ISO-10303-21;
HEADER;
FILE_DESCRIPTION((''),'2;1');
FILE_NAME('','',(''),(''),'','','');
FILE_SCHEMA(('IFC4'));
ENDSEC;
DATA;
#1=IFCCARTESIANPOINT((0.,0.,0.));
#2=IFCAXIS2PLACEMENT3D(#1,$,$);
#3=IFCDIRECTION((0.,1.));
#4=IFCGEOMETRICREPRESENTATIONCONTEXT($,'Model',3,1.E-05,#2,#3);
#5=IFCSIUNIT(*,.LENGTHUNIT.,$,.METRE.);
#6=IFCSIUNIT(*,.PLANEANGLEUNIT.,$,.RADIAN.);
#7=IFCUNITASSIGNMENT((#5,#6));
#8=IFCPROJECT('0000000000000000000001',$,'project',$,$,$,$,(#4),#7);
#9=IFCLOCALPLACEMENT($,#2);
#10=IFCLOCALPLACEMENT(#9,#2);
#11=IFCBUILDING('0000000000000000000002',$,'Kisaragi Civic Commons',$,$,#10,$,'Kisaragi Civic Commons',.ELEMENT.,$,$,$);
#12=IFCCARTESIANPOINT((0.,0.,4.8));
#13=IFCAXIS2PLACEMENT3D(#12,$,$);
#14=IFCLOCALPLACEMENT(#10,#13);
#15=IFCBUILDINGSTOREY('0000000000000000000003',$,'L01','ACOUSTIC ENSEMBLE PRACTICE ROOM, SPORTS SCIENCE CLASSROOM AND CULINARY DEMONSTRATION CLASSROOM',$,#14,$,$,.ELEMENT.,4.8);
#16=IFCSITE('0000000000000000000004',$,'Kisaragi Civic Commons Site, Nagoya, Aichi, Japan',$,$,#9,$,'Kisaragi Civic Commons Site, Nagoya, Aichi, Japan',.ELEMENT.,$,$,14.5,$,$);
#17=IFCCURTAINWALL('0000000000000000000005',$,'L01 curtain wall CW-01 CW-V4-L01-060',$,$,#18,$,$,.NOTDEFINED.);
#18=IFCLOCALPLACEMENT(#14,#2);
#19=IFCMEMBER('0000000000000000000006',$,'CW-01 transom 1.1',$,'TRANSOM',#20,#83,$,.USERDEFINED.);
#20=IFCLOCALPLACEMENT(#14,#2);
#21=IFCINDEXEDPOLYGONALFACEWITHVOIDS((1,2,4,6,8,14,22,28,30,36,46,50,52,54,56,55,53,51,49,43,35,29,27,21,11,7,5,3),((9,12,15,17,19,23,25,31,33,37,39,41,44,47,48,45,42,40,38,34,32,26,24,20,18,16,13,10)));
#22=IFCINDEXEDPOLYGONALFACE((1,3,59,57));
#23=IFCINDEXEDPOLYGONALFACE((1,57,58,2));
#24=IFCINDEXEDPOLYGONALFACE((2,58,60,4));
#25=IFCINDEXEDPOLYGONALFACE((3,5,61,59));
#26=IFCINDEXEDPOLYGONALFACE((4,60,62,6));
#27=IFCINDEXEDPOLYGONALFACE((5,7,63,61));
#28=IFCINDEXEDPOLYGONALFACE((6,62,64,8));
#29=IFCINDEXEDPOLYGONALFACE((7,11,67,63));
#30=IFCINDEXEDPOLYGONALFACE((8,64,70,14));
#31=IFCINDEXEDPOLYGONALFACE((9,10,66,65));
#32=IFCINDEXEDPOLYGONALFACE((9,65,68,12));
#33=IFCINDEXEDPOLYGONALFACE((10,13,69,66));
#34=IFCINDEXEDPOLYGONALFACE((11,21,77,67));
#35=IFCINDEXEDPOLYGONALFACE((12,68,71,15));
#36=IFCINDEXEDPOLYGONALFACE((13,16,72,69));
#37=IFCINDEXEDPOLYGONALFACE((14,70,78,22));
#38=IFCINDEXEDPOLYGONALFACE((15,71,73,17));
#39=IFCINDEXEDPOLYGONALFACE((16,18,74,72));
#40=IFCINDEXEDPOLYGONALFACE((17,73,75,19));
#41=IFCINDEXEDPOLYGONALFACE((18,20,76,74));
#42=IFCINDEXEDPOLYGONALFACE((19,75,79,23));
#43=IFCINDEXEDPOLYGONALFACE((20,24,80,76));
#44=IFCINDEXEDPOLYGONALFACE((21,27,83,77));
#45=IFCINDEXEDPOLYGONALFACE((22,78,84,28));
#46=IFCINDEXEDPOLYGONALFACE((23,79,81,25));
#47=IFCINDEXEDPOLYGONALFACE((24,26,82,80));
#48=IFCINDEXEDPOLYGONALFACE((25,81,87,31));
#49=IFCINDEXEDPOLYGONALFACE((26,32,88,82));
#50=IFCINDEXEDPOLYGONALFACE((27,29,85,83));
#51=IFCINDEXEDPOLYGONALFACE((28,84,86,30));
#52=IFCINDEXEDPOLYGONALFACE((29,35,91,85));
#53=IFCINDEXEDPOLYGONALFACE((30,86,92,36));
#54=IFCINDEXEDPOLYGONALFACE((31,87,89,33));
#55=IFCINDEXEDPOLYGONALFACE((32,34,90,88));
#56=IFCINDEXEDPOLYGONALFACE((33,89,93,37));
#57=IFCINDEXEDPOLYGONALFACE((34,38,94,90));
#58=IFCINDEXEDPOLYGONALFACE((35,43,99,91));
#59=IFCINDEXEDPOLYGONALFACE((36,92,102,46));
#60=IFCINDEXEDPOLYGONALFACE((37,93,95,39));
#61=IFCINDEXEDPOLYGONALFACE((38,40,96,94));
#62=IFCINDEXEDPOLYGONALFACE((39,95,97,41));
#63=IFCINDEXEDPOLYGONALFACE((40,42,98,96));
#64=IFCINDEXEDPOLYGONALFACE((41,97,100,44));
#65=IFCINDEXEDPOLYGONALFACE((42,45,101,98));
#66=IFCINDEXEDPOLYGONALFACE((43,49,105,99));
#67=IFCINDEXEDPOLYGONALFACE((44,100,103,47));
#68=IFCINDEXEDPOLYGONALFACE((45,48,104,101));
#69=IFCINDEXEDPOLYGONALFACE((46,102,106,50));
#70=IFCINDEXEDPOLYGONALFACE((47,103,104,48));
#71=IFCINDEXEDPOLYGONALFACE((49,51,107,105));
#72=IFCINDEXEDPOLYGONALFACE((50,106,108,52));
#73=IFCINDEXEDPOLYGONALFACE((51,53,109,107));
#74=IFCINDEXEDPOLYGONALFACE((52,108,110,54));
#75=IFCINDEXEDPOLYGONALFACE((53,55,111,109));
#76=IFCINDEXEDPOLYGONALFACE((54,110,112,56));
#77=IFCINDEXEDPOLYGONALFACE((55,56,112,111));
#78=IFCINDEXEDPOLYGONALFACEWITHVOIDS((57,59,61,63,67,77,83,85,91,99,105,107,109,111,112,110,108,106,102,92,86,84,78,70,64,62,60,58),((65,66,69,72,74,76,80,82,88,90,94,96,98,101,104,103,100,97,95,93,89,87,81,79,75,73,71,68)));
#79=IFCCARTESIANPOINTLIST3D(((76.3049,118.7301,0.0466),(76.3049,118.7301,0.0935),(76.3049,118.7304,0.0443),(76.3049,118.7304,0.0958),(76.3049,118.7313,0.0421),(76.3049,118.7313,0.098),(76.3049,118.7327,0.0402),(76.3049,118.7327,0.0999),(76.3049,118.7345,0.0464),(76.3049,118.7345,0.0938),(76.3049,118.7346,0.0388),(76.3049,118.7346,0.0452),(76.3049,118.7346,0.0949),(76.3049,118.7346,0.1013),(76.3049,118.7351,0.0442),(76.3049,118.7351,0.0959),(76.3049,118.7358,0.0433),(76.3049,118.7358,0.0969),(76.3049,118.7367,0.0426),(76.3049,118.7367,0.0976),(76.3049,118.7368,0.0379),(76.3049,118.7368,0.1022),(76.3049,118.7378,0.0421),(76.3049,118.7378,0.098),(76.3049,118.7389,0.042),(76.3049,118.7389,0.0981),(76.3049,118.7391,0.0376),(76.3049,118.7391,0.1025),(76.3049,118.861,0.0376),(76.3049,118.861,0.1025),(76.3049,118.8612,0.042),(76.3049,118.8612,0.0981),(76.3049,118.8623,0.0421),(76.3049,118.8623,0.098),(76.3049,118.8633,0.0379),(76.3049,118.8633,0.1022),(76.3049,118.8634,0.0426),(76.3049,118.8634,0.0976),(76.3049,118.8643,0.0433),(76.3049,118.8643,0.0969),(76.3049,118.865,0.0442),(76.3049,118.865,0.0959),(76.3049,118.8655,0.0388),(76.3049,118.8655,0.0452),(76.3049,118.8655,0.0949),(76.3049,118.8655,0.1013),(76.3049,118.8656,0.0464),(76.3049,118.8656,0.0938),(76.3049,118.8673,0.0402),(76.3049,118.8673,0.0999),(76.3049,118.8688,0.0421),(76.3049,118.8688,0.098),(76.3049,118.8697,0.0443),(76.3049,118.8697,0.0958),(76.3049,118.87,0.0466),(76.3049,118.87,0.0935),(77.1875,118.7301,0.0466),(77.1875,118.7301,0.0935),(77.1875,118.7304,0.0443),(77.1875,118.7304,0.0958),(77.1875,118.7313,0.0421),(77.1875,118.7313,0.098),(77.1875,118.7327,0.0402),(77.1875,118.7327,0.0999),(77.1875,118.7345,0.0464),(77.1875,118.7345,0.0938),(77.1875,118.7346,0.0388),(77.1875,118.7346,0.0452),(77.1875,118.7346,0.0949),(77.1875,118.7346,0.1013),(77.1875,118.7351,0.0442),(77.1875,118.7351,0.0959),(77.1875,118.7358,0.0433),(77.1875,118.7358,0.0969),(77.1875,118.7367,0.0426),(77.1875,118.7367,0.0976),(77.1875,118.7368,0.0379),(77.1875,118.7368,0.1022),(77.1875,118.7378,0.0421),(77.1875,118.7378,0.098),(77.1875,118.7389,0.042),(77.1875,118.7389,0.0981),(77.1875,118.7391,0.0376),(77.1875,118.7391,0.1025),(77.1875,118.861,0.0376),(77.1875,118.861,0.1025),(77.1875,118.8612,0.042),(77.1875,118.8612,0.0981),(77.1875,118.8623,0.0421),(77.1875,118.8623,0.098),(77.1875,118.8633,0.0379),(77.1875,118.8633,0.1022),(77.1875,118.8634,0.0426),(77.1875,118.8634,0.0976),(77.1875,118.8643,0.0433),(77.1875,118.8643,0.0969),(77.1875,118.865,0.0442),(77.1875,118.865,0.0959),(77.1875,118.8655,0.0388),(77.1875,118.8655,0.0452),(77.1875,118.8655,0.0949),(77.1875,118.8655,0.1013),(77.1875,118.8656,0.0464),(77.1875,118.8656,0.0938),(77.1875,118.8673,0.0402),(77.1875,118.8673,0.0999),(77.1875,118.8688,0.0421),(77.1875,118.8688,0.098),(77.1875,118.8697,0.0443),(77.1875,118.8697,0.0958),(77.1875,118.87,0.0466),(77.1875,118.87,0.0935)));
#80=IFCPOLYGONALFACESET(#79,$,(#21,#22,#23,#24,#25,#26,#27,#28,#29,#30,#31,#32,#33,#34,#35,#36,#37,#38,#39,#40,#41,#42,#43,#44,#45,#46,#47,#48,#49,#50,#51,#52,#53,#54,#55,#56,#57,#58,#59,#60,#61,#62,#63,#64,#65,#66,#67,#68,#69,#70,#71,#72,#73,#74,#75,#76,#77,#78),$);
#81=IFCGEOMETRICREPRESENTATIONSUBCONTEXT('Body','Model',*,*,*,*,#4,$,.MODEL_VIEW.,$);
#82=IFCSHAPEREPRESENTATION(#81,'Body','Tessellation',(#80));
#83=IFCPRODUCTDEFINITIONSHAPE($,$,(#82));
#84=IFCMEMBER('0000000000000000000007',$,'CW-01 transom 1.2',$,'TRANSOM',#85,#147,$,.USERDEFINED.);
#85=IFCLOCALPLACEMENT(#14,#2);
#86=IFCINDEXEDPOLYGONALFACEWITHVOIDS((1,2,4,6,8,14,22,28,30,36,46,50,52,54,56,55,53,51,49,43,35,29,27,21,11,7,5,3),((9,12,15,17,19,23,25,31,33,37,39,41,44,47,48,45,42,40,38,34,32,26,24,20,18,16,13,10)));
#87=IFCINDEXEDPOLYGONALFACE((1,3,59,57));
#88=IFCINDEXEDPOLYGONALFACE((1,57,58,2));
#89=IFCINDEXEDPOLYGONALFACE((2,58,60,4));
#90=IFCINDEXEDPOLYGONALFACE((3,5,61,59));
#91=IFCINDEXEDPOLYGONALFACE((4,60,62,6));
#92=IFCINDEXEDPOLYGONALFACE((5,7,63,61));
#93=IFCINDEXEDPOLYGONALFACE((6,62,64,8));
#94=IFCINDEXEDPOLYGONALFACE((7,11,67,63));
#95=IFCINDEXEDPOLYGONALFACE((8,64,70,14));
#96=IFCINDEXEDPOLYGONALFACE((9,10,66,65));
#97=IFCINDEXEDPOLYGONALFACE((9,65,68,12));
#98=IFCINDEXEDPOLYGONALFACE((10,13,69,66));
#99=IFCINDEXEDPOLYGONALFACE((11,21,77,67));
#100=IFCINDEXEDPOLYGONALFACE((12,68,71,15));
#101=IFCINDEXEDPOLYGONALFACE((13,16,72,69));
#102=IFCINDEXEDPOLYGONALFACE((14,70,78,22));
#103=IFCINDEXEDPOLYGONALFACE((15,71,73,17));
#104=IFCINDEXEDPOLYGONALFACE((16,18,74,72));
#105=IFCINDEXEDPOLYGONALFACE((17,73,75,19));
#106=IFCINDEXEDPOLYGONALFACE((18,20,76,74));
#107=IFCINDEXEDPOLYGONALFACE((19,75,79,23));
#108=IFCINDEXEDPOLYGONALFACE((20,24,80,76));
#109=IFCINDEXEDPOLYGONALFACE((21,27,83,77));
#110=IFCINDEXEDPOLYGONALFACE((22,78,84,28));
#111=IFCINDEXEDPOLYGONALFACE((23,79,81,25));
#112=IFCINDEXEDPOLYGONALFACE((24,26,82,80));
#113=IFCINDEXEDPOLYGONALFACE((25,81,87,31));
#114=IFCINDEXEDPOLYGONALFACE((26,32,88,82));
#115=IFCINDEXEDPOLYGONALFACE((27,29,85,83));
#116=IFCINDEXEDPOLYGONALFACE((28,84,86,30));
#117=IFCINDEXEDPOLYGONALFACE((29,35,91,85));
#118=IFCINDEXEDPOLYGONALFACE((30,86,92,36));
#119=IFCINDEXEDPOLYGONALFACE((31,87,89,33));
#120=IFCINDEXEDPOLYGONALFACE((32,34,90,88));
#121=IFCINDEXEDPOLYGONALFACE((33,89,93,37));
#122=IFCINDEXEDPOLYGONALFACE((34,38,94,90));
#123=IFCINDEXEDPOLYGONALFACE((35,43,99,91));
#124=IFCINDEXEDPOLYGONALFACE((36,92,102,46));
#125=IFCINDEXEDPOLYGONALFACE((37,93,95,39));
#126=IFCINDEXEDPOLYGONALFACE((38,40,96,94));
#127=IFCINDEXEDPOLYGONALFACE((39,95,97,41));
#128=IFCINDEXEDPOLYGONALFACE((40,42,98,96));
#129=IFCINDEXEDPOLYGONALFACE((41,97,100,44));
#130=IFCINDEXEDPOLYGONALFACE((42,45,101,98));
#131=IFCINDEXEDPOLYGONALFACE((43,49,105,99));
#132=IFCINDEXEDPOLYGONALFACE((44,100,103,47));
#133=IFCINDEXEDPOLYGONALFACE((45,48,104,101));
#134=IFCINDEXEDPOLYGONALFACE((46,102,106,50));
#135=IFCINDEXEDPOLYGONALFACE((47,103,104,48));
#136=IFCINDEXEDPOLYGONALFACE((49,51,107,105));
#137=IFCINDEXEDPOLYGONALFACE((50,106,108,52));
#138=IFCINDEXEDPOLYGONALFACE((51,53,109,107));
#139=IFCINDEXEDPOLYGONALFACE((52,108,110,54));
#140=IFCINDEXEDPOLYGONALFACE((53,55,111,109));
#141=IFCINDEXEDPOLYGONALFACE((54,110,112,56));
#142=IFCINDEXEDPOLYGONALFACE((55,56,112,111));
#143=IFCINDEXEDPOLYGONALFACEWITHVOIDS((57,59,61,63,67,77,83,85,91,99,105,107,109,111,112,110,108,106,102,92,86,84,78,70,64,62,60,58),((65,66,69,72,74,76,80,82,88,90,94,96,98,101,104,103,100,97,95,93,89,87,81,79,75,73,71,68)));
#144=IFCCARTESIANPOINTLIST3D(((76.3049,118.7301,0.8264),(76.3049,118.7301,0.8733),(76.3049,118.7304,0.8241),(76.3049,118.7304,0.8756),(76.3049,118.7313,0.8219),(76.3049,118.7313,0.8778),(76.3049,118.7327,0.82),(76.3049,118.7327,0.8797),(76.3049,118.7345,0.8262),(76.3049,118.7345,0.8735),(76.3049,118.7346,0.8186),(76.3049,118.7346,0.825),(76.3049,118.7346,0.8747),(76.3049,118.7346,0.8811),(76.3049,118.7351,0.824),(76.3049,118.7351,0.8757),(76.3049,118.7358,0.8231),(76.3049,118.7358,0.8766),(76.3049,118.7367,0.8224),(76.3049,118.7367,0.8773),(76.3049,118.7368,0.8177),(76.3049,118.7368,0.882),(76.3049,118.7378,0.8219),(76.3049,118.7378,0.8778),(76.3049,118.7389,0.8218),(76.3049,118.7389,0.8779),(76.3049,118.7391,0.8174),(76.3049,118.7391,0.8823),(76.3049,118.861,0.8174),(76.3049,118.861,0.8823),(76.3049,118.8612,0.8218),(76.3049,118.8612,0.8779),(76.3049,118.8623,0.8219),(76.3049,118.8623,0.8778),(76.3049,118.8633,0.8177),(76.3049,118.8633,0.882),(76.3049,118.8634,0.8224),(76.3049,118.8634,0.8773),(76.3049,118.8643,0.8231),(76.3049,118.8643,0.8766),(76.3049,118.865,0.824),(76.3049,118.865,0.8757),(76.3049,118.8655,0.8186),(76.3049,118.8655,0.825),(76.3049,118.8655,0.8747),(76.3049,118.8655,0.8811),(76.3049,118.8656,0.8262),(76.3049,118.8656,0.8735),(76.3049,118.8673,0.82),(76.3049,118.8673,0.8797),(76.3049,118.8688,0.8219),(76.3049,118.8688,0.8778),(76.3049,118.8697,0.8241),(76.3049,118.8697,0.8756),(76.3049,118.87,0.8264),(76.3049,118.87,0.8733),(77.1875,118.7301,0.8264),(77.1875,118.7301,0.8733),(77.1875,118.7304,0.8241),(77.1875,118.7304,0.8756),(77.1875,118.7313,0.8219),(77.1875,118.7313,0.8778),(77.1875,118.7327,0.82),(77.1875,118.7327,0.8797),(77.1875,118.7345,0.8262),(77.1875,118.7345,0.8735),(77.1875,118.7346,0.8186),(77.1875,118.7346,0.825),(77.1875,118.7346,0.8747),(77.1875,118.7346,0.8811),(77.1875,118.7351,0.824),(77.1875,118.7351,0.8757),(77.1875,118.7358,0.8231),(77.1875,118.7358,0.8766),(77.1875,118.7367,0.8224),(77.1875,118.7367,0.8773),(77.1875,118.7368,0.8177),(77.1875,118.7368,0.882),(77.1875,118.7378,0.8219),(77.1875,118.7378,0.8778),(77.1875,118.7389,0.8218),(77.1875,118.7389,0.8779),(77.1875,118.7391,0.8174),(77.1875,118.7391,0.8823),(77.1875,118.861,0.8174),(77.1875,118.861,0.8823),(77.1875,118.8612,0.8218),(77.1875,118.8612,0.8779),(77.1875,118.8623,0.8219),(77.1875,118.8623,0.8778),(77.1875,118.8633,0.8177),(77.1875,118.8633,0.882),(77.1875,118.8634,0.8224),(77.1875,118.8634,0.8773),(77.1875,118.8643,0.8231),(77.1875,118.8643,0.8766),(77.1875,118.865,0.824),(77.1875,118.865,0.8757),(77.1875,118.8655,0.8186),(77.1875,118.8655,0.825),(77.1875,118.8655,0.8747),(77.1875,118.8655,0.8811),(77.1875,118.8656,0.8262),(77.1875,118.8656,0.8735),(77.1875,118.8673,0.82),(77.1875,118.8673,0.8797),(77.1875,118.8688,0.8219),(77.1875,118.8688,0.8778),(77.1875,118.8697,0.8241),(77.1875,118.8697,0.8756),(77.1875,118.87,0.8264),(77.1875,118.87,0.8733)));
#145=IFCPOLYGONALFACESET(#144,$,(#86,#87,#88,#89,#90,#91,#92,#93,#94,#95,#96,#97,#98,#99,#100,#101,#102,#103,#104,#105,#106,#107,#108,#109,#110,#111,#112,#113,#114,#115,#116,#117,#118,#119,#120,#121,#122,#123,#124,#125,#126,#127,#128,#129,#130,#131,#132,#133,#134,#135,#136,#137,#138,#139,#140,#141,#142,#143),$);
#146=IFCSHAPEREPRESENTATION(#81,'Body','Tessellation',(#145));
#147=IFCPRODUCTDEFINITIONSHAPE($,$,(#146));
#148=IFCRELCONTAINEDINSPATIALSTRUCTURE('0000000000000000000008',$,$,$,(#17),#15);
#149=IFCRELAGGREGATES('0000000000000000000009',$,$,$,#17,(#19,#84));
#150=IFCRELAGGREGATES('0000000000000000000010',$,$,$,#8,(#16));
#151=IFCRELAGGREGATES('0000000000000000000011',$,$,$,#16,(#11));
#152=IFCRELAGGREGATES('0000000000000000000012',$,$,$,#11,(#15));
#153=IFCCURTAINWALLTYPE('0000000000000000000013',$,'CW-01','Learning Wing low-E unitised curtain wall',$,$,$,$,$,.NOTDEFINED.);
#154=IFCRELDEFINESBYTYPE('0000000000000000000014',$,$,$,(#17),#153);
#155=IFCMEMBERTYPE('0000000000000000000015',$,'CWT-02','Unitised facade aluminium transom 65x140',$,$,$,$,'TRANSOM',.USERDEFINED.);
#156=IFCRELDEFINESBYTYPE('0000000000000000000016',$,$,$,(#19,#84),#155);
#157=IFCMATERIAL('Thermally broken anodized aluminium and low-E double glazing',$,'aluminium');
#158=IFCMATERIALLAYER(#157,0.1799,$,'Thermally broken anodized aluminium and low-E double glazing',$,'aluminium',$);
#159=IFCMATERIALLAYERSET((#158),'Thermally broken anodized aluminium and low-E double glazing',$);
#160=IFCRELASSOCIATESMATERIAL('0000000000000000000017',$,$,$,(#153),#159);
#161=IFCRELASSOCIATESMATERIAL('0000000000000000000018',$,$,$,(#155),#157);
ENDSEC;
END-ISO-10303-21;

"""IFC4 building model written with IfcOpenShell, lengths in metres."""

from ifc_helpers import new_model, si_unit, direction, frame, origin, origin_2d, place, context, subcontext, project, spatial, hollow_rectangle, extrude, material, layer, layer_set, material_profile, profile_set, type_object, element, aggregate, save


model = new_model("IFC4")

# Units and contexts
model_context = context("Model", 3, precision=1e-05, world=origin(), true_north=direction((0.0, 1.0)))
body_context = subcontext(model_context, "Body", "Model", "MODEL_VIEW")
ifc_project = project(units=[si_unit("LENGTHUNIT", "METRE"), si_unit("PLANEANGLEUNIT", "RADIAN")], contexts=[model_context])

# Site, building, storey
site_placement = place(None, origin())
site = spatial("IfcSite", under=ifc_project, at=site_placement, Name="Kisaragi Civic Commons Site, Nagoya, Aichi, Japan", LongName="Kisaragi Civic Commons Site, Nagoya, Aichi, Japan", CompositionType="ELEMENT", RefElevation=14.5)
building_placement = place(site_placement, origin())
building = spatial("IfcBuilding", under=site, at=building_placement, Name="Kisaragi Civic Commons", LongName="Kisaragi Civic Commons", CompositionType="ELEMENT")
storey_placement = place(building_placement, frame((0.0, 0.0, 4.8)))
storey = spatial("IfcBuildingStorey", under=building, at=storey_placement, Name="L01", Description="ACOUSTIC ENSEMBLE PRACTICE ROOM, SPORTS SCIENCE CLASSROOM AND CULINARY DEMONSTRATION CLASSROOM", CompositionType="ELEMENT", Elevation=4.8)

# Shared definitions
ifc_material_1 = material(Name="Thermally broken anodized aluminium and low-E double glazing", Category="aluminium")
ifc_layer_1 = layer(ifc_material_1, 0.1799, Name="Thermally broken anodized aluminium and low-E double glazing", Category="aluminium")
ifc_layer_set_1 = layer_set([ifc_layer_1], Name="Thermally broken anodized aluminium and low-E double glazing")
curtain_wall_type = type_object("IfcCurtainWallType", Name="CW-01", Description="Learning Wing low-E unitised curtain wall", PredefinedType="NOTDEFINED", material=ifc_layer_set_1)

# Curtain wall
curtain_wall_1_placement = place(storey_placement, origin())
curtain_wall_1 = element("IfcCurtainWall", 1, at=curtain_wall_1_placement, inside=storey, type_object=curtain_wall_type, Name="L01 curtain wall CW-01 CW-V4-L01-060", PredefinedType="NOTDEFINED")

# Members
ifc_material_profile_1 = material_profile(ifc_material_1, hollow_rectangle(XDim=0.1399, YDim=0.0649, WallThickness=0.0044, InnerFilletRadius=0.0044, OuterFilletRadius=0.009, at=origin_2d()), Name="CWT-65x140x4.5", Category="aluminium")
ifc_profile_set_1 = profile_set([ifc_material_profile_1], Name="Thermally broken anodized aluminium and low-E double glazing")
member_type_1 = type_object("IfcMemberType", Name="CWT-02", Description="Unitised facade aluminium transom 65x140", ElementType="TRANSOM", PredefinedType="USERDEFINED", material=ifc_profile_set_1)
member_1_placement = place(storey_placement, frame((76.3049, 118.8, 0.0701), z_axis=(1.0, 0.0, 0.0), x_axis=(0.0, 1.0, 0.0)))
member_1 = element("IfcMember", 2, at=member_1_placement, type_object=member_type_1, Name="CW-01 transom 1.1", ObjectType="TRANSOM", PredefinedType="USERDEFINED", context=body_context, shape_type="SweptSolid", body=[
    extrude(hollow_rectangle(XDim=0.1399, YDim=0.0649, WallThickness=0.0044, InnerFilletRadius=0.0044, OuterFilletRadius=0.009, at=origin_2d()), origin(), (0.0, 0.0, 1.0), 0.8826),
])
member_2_placement = place(storey_placement, frame((76.3049, 118.8, 0.8499), z_axis=(1.0, 0.0, 0.0), x_axis=(0.0, 1.0, 0.0)))
member_2 = element("IfcMember", 3, at=member_2_placement, type_object=member_type_1, Name="CW-01 transom 1.2", ObjectType="TRANSOM", PredefinedType="USERDEFINED", context=body_context, shape_type="SweptSolid", body=[
    extrude(hollow_rectangle(XDim=0.1399, YDim=0.0649, WallThickness=0.0044, InnerFilletRadius=0.0044, OuterFilletRadius=0.009, at=origin_2d()), origin(), (0.0, 0.0, 1.0), 0.8826),
])

aggregate(curtain_wall_1, [member_1, member_2])

save(model, "model.ifc")
